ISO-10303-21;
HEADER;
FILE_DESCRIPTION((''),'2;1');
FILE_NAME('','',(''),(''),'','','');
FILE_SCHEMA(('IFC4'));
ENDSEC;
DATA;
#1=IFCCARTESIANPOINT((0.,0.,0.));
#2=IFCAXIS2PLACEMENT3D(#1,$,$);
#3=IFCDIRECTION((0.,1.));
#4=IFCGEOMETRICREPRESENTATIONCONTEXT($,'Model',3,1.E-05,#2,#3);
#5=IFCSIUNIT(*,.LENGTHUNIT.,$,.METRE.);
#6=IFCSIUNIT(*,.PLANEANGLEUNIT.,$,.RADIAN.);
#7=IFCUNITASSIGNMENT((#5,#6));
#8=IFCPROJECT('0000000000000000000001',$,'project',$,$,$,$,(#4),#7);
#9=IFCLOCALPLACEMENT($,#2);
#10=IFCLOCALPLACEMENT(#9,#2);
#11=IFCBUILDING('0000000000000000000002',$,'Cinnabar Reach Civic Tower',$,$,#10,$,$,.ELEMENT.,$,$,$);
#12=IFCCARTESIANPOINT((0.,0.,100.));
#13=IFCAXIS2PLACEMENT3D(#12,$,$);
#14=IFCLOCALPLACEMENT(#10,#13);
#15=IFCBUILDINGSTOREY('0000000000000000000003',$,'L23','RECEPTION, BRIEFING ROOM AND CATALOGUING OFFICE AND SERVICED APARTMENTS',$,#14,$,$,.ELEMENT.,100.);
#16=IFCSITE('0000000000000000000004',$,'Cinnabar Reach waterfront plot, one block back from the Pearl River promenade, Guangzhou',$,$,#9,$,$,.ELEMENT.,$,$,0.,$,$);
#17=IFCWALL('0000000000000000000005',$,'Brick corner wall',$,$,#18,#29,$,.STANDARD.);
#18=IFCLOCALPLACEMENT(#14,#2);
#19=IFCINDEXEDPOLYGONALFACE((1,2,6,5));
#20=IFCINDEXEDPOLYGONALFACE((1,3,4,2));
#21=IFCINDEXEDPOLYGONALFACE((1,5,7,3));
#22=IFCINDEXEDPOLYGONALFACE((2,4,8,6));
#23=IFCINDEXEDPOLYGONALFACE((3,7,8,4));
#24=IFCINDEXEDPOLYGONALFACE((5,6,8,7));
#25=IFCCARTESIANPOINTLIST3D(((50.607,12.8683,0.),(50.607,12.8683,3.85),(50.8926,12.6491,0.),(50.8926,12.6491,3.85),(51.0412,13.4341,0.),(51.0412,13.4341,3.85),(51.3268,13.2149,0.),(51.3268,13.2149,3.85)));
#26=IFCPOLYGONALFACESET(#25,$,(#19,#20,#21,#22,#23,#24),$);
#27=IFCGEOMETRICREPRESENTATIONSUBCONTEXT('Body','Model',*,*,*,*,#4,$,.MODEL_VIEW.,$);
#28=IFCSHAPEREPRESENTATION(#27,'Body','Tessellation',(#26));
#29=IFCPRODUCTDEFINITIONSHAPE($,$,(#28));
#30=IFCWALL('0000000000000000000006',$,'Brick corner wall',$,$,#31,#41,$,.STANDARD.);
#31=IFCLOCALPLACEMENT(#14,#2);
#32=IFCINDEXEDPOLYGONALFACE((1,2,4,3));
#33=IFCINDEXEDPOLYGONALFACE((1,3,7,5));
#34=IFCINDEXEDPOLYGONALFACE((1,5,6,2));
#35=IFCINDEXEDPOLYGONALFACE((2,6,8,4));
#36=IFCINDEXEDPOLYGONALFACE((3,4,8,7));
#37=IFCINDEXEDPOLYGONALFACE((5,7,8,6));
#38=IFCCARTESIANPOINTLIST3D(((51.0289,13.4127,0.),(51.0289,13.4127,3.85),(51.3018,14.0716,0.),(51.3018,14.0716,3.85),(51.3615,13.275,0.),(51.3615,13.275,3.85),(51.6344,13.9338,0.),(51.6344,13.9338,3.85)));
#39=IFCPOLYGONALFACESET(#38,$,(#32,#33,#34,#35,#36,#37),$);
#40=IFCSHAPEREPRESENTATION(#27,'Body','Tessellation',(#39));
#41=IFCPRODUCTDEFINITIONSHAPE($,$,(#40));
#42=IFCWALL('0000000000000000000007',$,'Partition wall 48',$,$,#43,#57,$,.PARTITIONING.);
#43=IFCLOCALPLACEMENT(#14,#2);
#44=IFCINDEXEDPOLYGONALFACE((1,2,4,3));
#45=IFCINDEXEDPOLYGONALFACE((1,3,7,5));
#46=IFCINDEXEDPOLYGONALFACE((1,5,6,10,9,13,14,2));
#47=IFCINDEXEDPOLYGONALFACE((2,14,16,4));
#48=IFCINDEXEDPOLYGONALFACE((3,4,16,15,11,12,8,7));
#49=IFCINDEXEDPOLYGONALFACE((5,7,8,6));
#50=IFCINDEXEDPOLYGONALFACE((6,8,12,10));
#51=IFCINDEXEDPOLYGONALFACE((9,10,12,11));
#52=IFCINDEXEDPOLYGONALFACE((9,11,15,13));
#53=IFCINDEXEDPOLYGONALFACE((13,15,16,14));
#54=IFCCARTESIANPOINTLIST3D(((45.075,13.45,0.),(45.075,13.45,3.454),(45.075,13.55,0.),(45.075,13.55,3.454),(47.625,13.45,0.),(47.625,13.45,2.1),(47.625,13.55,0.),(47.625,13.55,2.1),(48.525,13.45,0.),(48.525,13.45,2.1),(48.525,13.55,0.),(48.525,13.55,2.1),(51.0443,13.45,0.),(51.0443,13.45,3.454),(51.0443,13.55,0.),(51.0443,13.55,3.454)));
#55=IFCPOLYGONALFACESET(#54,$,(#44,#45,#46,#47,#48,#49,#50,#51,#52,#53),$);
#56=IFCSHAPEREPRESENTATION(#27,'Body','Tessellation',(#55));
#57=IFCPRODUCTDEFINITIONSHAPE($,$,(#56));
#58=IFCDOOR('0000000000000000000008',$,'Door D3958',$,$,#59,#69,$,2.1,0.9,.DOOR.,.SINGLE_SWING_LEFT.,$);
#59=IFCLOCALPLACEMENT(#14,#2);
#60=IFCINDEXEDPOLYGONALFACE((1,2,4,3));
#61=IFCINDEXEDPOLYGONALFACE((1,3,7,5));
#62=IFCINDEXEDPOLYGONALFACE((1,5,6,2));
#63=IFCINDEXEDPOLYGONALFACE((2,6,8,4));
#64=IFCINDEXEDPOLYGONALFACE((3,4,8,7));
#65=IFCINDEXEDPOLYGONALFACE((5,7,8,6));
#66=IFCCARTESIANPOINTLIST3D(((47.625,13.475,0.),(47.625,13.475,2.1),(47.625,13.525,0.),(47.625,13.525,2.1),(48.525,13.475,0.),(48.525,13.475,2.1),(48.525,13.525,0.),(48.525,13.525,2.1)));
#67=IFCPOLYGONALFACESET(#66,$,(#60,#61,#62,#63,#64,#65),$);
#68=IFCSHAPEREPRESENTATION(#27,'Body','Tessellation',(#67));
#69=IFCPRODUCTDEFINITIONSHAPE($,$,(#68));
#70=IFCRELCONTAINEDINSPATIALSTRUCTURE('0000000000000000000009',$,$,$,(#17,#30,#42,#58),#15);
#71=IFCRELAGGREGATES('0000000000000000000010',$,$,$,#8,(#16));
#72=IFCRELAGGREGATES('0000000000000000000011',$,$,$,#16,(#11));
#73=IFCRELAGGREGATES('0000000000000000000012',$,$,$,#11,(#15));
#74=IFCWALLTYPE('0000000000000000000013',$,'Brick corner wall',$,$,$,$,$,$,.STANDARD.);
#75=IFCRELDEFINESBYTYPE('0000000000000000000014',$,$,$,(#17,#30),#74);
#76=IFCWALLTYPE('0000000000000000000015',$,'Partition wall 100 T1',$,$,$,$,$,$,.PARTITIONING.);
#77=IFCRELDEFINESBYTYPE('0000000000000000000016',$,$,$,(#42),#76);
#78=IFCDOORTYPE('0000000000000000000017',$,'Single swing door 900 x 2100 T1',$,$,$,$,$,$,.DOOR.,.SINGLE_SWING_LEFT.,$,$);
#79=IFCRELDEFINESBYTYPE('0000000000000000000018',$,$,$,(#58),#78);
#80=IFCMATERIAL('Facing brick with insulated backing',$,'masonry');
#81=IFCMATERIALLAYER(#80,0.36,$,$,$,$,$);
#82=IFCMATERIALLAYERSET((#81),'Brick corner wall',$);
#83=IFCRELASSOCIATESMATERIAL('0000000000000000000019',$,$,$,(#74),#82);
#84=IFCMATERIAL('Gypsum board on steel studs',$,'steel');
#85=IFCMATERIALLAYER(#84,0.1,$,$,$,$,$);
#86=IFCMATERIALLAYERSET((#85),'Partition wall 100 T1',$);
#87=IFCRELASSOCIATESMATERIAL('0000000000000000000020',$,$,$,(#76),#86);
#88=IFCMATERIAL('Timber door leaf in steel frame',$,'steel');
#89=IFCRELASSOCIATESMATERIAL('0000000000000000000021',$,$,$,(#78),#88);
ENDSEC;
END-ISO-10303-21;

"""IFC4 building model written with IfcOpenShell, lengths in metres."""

from ifc_helpers import new_model, si_unit, direction, frame, frame_2d, origin, place, context, subcontext, project, spatial, rectangle, extrude, material, layer, layer_set, type_object, element, fill, save


model = new_model("IFC4")

# Units and contexts
model_context = context("Model", 3, precision=1e-05, world=origin(), true_north=direction((0.0, 1.0)))
body_context = subcontext(model_context, "Body", "Model", "MODEL_VIEW")
ifc_project = project(units=[si_unit("LENGTHUNIT", "METRE"), si_unit("PLANEANGLEUNIT", "RADIAN")], contexts=[model_context])

# Site, building, storey
site_placement = place(None, origin())
site = spatial("IfcSite", under=ifc_project, at=site_placement, Name="Cinnabar Reach waterfront plot, one block back from the Pearl River promenade, Guangzhou", CompositionType="ELEMENT", RefElevation=0.0)
building_placement = place(site_placement, origin())
building = spatial("IfcBuilding", under=site, at=building_placement, Name="Cinnabar Reach Civic Tower", CompositionType="ELEMENT")
storey_placement = place(building_placement, frame((0.0, 0.0, 100.0)))
storey = spatial("IfcBuildingStorey", under=building, at=storey_placement, Name="L23", Description="RECEPTION, BRIEFING ROOM AND CATALOGUING OFFICE AND SERVICED APARTMENTS", CompositionType="ELEMENT", Elevation=100.0)

# Walls
ifc_material_1 = material(Name="Facing brick with insulated backing", Category="masonry")
ifc_layer_1 = layer(ifc_material_1, 0.36)
ifc_layer_set_1 = layer_set([ifc_layer_1], Name="Brick corner wall")
wall_type_1 = type_object("IfcWallType", Name="Brick corner wall", PredefinedType="STANDARD", material=ifc_layer_set_1)
wall_1_placement = place(storey_placement, frame((50.7498, 12.7587, 0.0), z_axis=(0.0, 0.0, 1.0), x_axis=(0.608802, 0.793322, 0.0)))
element("IfcWall", 1, at=wall_1_placement, inside=storey, type_object=wall_type_1, Name="Brick corner wall", PredefinedType="STANDARD", context=body_context, shape_type="SweptSolid", body=[
    extrude(rectangle(XDim=0.7132, YDim=0.36, at=frame_2d((0.3566, 0.0))), origin(), (0.0, 0.0, 1.0), 3.85),
])
wall_2_placement = place(storey_placement, frame((51.1952, 13.3439, 0.0), z_axis=(0.0, 0.0, 1.0), x_axis=(0.382703, 0.923872, 0.0)))
element("IfcWall", 2, at=wall_2_placement, inside=storey, type_object=wall_type_1, Name="Brick corner wall", PredefinedType="STANDARD", context=body_context, shape_type="SweptSolid", body=[
    extrude(rectangle(XDim=0.7131, YDim=0.36, at=frame_2d((0.3565, 0.0))), origin(), (0.0, 0.0, 1.0), 3.85),
])

# Wall, opening, door
ifc_material_2 = material(Name="Gypsum board on steel studs", Category="steel")
ifc_layer_2 = layer(ifc_material_2, 0.1)
ifc_layer_set_2 = layer_set([ifc_layer_2], Name="Partition wall 100 T1")
wall_type_2 = type_object("IfcWallType", Name="Partition wall 100 T1", PredefinedType="PARTITIONING", material=ifc_layer_set_2)
wall_3_placement = place(storey_placement, frame((45.075, 13.5, 0.0), z_axis=(0.0, 0.0, 1.0), x_axis=(1.0, 0.0, 0.0)))
wall_3 = element("IfcWall", 3, at=wall_3_placement, inside=storey, type_object=wall_type_2, Name="Partition wall 48", PredefinedType="PARTITIONING", context=body_context, shape_type="SweptSolid", body=[
    extrude(rectangle(XDim=5.9693, YDim=0.1, at=frame_2d((2.9846, 0.0))), origin(), (0.0, 0.0, 1.0), 3.454),
])
opening_placement = place(wall_3_placement, frame((2.55, 0.0, 0.0)))
opening = element("IfcOpeningElement", 4, at=opening_placement, cuts=wall_3, PredefinedType="OPENING", context=body_context, shape_type="SweptSolid", body=[
    extrude(rectangle(XDim=0.9, YDim=2.1, at=frame_2d((0.45, 1.05))), frame((0.0, 0.06, 0.0), z_axis=(0.0, -1.0, 0.0), x_axis=(1.0, 0.0, 0.0)), (0.0, 0.0, 1.0), 0.12),
])
ifc_material_3 = material(Name="Timber door leaf in steel frame", Category="steel")
door_type = type_object("IfcDoorType", Name="Single swing door 900 x 2100 T1", OperationType="SINGLE_SWING_LEFT", PredefinedType="DOOR", material=ifc_material_3)
door_placement = place(opening_placement, frame((0.9, 0.0, 0.0), z_axis=(0.0, 0.0, 1.0), x_axis=(-1.0, 0.0, 0.0)))
door = element("IfcDoor", 5, at=door_placement, inside=storey, type_object=door_type, Name="Door D3958", OperationType="SINGLE_SWING_LEFT", OverallHeight=2.1, OverallWidth=0.9, PredefinedType="DOOR", context=body_context, shape_type="SweptSolid", body=[
    extrude(rectangle(XDim=0.9, YDim=2.1, at=frame_2d((0.45, 1.05))), frame((0.0, 0.025, 0.0), z_axis=(0.0, -1.0, 0.0), x_axis=(1.0, 0.0, 0.0)), (0.0, 0.0, 1.0), 0.05),
])
fill(opening, door)

save(model, "model.ifc")
